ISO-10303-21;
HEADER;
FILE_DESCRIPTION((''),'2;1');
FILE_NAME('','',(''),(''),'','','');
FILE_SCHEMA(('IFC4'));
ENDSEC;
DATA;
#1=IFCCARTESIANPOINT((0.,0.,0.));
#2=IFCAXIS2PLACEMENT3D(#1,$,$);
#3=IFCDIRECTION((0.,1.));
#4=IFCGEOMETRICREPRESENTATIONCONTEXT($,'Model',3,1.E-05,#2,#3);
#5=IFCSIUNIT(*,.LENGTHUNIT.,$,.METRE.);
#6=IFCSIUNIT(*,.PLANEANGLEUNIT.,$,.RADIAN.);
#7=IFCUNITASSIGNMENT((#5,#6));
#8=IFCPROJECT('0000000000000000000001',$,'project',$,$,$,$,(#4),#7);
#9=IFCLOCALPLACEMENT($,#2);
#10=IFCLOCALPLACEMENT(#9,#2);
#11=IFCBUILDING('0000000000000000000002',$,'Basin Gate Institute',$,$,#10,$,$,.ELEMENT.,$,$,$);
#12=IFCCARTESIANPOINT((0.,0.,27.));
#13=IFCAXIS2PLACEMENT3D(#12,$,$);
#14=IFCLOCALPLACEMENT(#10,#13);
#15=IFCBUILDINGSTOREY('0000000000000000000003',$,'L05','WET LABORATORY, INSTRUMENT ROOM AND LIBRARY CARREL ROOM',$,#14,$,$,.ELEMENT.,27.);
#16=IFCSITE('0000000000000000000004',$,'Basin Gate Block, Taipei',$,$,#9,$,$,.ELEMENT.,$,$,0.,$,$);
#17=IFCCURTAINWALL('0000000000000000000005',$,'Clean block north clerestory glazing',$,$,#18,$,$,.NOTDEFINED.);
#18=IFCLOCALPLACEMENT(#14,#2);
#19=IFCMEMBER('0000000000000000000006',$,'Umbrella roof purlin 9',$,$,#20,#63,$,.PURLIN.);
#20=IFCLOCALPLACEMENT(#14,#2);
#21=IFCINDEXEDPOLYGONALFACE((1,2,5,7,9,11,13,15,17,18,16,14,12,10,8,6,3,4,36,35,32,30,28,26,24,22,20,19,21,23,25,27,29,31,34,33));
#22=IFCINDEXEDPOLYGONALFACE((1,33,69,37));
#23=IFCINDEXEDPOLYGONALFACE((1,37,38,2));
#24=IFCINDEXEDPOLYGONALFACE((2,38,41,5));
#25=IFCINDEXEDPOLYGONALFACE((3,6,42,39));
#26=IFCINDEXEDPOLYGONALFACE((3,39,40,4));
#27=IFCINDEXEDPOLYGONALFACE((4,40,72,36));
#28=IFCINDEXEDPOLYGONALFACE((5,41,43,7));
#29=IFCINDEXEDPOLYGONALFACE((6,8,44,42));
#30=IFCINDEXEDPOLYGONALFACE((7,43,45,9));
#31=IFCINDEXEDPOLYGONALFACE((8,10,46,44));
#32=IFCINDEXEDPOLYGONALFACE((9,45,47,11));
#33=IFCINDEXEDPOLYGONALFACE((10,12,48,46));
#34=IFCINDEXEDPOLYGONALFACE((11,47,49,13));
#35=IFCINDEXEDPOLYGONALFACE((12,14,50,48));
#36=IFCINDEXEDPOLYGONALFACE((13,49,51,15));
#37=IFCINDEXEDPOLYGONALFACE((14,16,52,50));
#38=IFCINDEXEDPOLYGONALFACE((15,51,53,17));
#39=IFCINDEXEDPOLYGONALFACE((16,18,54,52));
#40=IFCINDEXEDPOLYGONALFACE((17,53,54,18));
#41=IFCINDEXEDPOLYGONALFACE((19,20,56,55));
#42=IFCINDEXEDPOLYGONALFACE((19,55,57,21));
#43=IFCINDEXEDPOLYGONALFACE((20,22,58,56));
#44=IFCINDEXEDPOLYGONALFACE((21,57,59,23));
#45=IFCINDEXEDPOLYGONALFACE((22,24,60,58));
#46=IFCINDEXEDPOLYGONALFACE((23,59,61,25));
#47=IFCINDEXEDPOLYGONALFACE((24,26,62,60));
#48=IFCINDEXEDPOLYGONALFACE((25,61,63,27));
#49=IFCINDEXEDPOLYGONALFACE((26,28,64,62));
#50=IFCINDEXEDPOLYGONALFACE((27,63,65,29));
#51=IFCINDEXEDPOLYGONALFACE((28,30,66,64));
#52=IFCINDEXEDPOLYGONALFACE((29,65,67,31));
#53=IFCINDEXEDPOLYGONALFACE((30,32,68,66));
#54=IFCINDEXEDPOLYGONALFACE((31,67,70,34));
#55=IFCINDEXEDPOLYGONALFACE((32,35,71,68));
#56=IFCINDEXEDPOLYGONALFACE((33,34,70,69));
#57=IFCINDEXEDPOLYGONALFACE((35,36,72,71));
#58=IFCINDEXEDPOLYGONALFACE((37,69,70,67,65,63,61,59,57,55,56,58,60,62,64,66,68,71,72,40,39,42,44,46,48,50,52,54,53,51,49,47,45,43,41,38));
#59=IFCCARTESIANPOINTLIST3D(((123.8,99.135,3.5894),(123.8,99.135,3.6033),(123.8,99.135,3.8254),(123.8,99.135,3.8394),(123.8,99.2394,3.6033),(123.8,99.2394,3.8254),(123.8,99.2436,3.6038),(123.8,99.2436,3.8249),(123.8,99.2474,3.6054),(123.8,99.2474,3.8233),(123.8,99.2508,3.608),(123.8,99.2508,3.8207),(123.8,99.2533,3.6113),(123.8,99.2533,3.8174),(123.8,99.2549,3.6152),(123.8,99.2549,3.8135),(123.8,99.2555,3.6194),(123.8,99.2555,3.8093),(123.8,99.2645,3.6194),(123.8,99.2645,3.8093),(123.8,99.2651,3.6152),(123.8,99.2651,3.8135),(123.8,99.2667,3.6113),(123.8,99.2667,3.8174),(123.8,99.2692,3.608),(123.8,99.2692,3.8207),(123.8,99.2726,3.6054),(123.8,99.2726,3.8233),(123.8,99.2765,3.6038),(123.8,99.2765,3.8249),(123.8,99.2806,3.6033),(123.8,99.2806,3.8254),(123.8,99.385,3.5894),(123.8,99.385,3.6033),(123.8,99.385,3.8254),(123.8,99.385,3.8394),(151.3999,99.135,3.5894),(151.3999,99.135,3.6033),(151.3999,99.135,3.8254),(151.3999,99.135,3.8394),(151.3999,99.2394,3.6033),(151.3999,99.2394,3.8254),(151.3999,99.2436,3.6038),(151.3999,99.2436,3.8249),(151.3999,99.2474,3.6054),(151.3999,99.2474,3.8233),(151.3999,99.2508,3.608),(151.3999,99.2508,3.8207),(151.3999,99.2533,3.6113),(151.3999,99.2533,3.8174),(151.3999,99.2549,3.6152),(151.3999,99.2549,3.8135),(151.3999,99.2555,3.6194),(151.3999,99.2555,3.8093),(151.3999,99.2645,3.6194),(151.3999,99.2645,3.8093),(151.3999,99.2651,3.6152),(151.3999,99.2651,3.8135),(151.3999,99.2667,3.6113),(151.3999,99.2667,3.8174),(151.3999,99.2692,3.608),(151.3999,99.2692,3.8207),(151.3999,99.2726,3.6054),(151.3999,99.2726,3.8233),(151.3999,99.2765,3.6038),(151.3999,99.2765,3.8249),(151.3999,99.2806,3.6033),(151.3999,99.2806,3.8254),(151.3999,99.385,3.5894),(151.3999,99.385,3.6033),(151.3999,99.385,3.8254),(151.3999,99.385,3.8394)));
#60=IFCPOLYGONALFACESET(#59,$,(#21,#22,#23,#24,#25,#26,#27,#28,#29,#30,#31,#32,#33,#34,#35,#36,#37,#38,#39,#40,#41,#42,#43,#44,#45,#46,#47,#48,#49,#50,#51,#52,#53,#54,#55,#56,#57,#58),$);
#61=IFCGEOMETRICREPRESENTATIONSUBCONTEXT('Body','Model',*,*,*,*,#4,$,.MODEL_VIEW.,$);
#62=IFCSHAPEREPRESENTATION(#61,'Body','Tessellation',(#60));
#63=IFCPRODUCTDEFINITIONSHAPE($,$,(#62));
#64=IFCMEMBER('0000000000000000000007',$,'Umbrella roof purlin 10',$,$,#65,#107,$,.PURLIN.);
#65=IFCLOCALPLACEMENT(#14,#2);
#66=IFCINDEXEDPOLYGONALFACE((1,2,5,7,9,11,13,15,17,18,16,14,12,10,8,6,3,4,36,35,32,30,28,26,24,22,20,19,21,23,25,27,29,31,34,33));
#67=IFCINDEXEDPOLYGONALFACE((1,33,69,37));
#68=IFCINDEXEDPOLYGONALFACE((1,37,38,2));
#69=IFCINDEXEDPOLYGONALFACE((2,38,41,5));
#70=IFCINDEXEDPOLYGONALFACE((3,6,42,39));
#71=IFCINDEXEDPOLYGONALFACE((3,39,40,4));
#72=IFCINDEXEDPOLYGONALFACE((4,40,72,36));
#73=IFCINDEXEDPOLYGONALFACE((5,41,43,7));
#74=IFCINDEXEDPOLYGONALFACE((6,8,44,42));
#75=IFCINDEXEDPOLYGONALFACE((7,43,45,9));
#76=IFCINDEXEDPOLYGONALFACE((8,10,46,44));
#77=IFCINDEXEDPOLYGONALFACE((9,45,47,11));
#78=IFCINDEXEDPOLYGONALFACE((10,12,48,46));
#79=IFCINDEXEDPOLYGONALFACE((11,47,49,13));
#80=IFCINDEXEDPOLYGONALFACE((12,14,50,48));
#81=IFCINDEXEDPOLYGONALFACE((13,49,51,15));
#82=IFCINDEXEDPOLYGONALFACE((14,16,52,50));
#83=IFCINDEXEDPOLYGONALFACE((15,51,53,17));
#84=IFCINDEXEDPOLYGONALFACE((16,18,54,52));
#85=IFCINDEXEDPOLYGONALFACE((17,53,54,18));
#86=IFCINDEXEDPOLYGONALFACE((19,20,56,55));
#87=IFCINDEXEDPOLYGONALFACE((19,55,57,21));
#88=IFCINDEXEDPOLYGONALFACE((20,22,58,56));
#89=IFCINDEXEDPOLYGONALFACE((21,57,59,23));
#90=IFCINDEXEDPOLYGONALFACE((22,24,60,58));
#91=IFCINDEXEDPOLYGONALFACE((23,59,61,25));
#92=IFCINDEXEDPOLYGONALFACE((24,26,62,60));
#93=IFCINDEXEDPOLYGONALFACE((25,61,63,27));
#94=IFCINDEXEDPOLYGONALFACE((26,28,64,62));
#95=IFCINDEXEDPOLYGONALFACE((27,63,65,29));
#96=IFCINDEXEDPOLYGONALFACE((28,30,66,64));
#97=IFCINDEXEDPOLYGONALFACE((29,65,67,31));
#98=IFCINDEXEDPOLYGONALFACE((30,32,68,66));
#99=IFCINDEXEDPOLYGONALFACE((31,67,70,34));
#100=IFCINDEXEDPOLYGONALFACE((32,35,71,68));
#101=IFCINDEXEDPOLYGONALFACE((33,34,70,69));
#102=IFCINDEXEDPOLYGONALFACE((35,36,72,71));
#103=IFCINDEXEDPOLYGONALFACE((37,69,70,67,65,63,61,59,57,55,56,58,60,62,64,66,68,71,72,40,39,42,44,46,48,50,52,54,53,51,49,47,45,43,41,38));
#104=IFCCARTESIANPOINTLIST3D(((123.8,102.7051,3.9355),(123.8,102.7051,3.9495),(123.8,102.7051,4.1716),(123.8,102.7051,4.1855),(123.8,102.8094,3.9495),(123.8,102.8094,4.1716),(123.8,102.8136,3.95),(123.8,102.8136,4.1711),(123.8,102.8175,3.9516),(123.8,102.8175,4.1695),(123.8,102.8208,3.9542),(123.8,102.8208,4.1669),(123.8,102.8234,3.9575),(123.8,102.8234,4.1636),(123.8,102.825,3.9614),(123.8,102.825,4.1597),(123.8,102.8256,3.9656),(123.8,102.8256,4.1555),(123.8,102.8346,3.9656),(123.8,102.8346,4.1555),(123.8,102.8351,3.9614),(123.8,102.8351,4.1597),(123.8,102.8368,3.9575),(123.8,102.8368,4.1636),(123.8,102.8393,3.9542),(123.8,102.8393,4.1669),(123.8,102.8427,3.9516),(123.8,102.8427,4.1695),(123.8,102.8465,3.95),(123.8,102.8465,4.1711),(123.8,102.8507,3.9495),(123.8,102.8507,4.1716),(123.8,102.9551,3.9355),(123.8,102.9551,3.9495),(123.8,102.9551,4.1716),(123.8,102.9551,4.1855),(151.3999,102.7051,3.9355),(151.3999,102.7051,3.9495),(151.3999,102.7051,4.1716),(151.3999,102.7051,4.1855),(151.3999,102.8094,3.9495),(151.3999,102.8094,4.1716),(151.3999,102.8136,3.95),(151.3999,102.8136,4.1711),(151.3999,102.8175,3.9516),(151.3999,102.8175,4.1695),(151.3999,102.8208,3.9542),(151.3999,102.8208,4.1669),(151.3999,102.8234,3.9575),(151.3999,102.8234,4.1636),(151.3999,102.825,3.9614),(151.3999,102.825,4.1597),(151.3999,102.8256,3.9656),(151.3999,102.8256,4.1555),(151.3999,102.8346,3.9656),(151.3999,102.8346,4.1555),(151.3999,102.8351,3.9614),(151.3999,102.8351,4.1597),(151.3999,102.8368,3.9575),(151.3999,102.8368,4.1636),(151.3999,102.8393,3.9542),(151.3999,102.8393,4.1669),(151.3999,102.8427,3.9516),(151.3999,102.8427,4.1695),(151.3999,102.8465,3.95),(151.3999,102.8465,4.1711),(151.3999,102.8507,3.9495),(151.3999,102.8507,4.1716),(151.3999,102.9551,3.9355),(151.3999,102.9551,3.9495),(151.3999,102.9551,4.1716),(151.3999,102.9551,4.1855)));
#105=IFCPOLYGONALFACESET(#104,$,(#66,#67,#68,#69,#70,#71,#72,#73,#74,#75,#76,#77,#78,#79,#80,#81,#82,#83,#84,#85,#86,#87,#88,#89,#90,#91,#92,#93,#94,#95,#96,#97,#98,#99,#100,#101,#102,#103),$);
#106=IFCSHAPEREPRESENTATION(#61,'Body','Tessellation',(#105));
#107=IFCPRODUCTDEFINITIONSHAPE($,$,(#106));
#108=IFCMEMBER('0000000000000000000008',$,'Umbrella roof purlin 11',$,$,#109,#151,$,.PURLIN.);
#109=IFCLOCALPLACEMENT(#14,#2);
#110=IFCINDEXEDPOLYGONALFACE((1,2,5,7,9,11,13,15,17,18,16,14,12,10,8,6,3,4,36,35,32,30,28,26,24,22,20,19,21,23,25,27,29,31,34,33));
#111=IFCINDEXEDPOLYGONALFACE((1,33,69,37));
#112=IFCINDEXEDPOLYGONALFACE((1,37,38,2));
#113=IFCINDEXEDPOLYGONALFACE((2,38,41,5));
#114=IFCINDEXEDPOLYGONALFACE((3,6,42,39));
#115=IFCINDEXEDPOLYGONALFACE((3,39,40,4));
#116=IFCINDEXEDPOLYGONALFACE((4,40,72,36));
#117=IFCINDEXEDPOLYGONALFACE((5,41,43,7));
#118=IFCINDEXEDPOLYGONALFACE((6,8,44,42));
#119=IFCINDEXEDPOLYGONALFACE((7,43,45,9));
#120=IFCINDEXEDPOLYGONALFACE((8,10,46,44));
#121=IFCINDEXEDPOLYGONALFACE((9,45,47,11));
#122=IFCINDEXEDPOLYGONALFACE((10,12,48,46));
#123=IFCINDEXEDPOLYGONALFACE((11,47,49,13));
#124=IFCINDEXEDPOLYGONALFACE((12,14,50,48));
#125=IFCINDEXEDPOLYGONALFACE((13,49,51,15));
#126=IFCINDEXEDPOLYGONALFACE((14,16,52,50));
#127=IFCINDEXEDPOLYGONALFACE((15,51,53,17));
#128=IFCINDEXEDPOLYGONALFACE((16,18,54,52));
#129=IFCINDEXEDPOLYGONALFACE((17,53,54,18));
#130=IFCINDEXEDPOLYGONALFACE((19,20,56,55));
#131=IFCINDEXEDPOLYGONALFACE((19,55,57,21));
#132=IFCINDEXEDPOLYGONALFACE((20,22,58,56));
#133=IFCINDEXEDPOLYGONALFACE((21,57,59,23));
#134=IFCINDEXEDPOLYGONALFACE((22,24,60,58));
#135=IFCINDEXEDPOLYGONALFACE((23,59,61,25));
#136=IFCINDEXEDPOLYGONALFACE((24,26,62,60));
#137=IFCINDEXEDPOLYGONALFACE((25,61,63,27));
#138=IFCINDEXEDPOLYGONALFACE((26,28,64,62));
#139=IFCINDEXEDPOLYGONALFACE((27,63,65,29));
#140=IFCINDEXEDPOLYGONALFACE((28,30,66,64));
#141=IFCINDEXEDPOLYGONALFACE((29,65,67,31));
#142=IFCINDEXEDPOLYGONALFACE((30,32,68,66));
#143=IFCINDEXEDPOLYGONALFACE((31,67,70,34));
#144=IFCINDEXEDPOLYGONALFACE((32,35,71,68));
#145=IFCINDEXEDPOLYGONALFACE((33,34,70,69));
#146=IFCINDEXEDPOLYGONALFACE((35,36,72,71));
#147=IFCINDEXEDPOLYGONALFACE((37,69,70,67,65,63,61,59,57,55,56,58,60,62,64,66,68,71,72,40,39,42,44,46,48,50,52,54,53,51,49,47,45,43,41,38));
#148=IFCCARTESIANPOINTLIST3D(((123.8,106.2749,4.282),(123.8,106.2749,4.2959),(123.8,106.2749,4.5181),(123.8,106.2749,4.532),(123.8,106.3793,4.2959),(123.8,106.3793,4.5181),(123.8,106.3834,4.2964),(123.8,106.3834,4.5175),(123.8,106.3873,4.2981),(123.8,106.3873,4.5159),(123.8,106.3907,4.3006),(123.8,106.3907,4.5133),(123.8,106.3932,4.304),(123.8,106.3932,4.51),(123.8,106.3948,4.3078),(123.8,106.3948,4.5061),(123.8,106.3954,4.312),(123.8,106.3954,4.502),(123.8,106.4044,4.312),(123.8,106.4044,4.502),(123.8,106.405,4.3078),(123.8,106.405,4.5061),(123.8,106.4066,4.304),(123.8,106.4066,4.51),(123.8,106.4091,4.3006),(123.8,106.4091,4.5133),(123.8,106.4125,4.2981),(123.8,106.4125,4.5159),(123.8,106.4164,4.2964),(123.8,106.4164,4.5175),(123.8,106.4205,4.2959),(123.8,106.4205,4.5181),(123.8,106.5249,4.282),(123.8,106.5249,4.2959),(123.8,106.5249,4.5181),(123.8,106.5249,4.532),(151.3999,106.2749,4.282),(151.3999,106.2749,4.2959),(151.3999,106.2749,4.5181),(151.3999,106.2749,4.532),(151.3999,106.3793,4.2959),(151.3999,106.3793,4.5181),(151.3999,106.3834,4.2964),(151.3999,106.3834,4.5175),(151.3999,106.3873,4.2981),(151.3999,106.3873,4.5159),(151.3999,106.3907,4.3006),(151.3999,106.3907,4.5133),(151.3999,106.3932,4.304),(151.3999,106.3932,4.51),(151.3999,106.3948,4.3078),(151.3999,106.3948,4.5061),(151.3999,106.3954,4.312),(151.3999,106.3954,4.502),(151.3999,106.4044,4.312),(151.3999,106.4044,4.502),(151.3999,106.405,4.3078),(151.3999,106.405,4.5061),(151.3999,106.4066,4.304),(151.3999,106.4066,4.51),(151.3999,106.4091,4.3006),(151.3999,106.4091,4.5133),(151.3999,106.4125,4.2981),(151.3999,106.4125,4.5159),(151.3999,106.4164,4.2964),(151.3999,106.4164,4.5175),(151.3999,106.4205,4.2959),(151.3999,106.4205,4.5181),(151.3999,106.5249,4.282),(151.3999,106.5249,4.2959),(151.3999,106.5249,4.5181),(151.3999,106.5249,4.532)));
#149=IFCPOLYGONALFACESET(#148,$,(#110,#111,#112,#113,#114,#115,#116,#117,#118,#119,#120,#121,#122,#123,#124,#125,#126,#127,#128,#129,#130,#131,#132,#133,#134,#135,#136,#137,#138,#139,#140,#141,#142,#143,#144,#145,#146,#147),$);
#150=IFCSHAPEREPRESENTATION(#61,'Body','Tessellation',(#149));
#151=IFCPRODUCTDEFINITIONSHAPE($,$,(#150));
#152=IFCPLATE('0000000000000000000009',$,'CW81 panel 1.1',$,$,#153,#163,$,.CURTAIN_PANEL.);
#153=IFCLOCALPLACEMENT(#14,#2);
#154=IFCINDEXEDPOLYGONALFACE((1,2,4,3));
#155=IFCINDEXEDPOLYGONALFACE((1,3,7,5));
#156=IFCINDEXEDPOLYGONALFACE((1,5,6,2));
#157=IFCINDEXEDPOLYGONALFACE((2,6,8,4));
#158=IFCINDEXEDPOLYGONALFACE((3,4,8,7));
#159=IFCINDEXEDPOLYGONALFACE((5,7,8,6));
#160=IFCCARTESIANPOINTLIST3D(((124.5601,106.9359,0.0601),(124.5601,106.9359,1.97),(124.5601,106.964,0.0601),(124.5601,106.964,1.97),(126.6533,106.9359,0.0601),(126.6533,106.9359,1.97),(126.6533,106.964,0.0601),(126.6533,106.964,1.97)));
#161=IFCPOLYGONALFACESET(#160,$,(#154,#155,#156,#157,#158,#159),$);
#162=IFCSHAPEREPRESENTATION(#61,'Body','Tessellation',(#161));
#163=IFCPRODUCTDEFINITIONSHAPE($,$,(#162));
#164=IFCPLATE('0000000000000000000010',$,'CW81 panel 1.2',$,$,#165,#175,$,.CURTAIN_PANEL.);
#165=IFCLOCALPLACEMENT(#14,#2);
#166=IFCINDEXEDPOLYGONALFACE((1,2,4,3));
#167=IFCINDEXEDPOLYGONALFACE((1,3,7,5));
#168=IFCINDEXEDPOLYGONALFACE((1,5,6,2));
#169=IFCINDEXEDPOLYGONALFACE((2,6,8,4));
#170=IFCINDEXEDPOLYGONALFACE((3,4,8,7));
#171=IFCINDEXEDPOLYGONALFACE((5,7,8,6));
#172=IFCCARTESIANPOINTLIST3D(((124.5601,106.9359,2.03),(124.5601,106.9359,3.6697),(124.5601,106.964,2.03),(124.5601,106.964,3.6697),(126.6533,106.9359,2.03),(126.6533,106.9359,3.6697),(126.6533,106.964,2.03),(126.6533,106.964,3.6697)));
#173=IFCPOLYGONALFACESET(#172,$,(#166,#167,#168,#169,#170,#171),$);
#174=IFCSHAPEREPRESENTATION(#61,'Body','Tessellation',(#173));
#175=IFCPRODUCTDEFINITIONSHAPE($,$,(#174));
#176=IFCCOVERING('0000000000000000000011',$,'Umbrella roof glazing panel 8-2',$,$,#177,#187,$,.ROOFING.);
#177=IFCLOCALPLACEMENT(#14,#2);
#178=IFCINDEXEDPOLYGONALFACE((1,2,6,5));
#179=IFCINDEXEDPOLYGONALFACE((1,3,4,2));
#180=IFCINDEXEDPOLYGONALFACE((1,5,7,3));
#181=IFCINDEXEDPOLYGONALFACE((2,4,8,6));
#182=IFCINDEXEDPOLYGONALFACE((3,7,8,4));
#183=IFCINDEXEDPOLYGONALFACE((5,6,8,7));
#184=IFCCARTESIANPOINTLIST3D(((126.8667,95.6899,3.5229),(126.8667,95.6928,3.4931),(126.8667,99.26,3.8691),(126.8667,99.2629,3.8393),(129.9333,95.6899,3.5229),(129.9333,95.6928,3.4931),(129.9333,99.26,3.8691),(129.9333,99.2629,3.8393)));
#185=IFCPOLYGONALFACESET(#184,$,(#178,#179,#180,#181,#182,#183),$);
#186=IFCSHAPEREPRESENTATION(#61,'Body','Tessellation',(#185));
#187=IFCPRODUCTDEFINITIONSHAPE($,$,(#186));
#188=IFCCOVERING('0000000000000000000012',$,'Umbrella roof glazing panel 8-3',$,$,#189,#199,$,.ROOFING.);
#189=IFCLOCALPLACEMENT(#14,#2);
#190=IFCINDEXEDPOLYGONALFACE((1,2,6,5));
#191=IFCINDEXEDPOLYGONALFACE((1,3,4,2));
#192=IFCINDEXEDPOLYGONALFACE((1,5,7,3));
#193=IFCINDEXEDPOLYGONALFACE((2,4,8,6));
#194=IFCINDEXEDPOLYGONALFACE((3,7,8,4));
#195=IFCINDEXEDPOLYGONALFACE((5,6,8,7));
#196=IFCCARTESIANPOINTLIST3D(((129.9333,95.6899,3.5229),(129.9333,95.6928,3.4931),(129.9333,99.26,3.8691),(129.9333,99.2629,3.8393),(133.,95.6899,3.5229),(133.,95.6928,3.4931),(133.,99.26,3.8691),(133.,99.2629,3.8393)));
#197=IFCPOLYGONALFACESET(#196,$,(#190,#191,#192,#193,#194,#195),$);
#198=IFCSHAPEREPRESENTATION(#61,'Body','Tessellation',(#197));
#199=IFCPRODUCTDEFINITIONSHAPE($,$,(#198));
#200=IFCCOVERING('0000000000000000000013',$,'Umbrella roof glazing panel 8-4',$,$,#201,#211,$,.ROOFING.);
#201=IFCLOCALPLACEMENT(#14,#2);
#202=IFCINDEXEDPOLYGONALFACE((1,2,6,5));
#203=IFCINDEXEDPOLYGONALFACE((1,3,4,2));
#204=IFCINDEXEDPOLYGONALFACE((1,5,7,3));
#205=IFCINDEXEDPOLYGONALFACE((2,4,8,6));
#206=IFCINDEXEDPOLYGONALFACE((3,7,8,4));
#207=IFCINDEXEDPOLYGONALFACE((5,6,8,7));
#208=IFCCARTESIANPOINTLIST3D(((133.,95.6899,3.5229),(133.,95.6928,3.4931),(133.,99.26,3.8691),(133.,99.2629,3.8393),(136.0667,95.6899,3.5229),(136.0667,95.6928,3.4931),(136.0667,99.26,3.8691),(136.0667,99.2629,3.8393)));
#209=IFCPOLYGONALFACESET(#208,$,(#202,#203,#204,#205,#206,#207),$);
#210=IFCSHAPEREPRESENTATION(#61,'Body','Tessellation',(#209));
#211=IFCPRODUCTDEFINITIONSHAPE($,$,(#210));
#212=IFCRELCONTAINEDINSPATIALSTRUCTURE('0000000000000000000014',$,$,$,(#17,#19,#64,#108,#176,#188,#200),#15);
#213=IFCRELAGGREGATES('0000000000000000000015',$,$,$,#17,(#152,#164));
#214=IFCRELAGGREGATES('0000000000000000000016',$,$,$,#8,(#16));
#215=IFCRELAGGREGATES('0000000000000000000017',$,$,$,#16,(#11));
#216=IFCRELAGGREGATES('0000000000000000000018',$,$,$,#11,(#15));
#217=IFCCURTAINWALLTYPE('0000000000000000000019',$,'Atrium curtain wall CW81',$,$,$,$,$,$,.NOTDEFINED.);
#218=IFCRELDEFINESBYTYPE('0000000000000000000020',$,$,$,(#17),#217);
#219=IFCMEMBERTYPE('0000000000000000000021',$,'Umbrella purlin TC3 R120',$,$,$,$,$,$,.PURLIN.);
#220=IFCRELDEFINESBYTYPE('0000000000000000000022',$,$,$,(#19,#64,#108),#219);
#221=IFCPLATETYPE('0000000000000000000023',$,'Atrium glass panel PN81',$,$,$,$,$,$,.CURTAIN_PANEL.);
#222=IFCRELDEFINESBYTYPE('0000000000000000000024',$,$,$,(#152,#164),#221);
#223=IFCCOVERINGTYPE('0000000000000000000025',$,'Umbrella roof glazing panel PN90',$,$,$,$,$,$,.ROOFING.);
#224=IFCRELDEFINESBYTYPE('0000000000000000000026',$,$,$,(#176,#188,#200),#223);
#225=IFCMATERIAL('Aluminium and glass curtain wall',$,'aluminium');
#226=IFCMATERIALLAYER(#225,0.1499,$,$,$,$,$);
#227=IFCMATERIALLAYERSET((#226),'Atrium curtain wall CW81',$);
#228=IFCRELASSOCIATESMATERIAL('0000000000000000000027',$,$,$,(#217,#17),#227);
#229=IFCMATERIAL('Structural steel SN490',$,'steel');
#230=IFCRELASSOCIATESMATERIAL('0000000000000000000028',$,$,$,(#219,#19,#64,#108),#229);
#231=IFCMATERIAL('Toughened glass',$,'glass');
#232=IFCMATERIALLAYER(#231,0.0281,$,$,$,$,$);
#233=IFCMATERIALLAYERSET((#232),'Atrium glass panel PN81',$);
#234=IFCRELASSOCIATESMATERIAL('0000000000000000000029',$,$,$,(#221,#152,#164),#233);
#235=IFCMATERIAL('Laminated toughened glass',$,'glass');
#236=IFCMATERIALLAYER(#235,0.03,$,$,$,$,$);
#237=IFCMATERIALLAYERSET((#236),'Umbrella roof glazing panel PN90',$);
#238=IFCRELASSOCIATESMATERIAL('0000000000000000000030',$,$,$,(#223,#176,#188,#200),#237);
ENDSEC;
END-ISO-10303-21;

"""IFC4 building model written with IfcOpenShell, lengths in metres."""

from ifc_helpers import new_model, si_unit, direction, frame, origin, origin_2d, place, context, subcontext, project, spatial, polyline, rectangle, i_section, outline, extrude, material, layer, layer_set, material_profile, profile_set, type_object, element, aggregate, save


model = new_model("IFC4")

# Units and contexts
model_context = context("Model", 3, precision=1e-05, world=origin(), true_north=direction((0.0, 1.0)))
body_context = subcontext(model_context, "Body", "Model", "MODEL_VIEW")
ifc_project = project(units=[si_unit("LENGTHUNIT", "METRE"), si_unit("PLANEANGLEUNIT", "RADIAN")], contexts=[model_context])

# Site, building, storey
site_placement = place(None, origin())
site = spatial("IfcSite", under=ifc_project, at=site_placement, Name="Basin Gate Block, Taipei", CompositionType="ELEMENT", RefElevation=0.0)
building_placement = place(site_placement, origin())
building = spatial("IfcBuilding", under=site, at=building_placement, Name="Basin Gate Institute", CompositionType="ELEMENT")
storey_placement = place(building_placement, frame((0.0, 0.0, 27.0)))
storey = spatial("IfcBuildingStorey", under=building, at=storey_placement, Name="L05", Description="WET LABORATORY, INSTRUMENT ROOM AND LIBRARY CARREL ROOM", CompositionType="ELEMENT", Elevation=27.0)

# Curtain wall
ifc_material_1 = material(Name="Aluminium and glass curtain wall", Category="aluminium")
ifc_layer_1 = layer(ifc_material_1, 0.1499)
ifc_layer_set_1 = layer_set([ifc_layer_1], Name="Atrium curtain wall CW81")
curtain_wall_type = type_object("IfcCurtainWallType", Name="Atrium curtain wall CW81", PredefinedType="NOTDEFINED", material=ifc_layer_set_1)
curtain_wall_placement = place(storey_placement, origin())
curtain_wall = element("IfcCurtainWall", 1, at=curtain_wall_placement, inside=storey, type_object=curtain_wall_type, material=ifc_layer_set_1, Name="Clean block north clerestory glazing", PredefinedType="NOTDEFINED")

# Members
ifc_material_2 = material(Name="Structural steel SN490", Category="steel")
ifc_material_profile_1 = material_profile(ifc_material_2, i_section(OverallWidth=0.25, OverallDepth=0.25, WebThickness=0.009, FlangeThickness=0.0139, FilletRadius=0.0161, at=origin_2d()), Name="H250x250")
ifc_profile_set_1 = profile_set([ifc_material_profile_1], Name="Structural steel SN490")
member_type_1 = type_object("IfcMemberType", Name="Umbrella purlin TC3 R120", PredefinedType="PURLIN", material=ifc_profile_set_1)
for number, where, z_axis, x_axis, name in (
    (2, (123.8, 99.26, 3.7144), (1.0, 0.0, 0.0), (0.0, 1.0, 0.0), "Umbrella roof purlin 9"),
    (3, (123.8, 102.8301, 4.0605), (1.0, 0.0, 0.0), (0.0, 1.0, 0.0), "Umbrella roof purlin 10"),
    (4, (123.8, 106.3999, 4.407), (1.0, 0.0, 0.0), (0.0, 1.0, 0.0), "Umbrella roof purlin 11"),
):
    element("IfcMember", number, at=place(storey_placement, frame(where, z_axis=z_axis, x_axis=x_axis)), inside=storey, type_object=member_type_1, material=ifc_profile_set_1, Name=name, PredefinedType="PURLIN", context=body_context, shape_type="SweptSolid", body=[
        extrude(i_section(OverallWidth=0.25, OverallDepth=0.25, WebThickness=0.009, FlangeThickness=0.0139, FilletRadius=0.0161, at=origin_2d()), origin(), (0.0, 0.0, 1.0), 27.5999),
    ])

# Plates
ifc_material_3 = material(Name="Toughened glass", Category="glass")
ifc_layer_2 = layer(ifc_material_3, 0.0281)
ifc_layer_set_2 = layer_set([ifc_layer_2], Name="Atrium glass panel PN81")
plate_type = type_object("IfcPlateType", Name="Atrium glass panel PN81", PredefinedType="CURTAIN_PANEL", material=ifc_layer_set_2)
plate_1_placement = place(storey_placement, frame((125.6067, 106.95, 0.0601), z_axis=(0.0, 0.0, 1.0), x_axis=(1.0, 0.0, 0.0)))
plate_1 = element("IfcPlate", 5, at=plate_1_placement, type_object=plate_type, material=ifc_layer_set_2, Name="CW81 panel 1.1", PredefinedType="CURTAIN_PANEL", context=body_context, shape_type="SweptSolid", body=[
    extrude(rectangle(XDim=2.0933, YDim=0.0281, at=origin_2d()), origin(), (0.0, 0.0, 1.0), 1.9099),
])
plate_2_placement = place(storey_placement, frame((125.6067, 106.95, 2.03), z_axis=(0.0, 0.0, 1.0), x_axis=(1.0, 0.0, 0.0)))
plate_2 = element("IfcPlate", 6, at=plate_2_placement, type_object=plate_type, material=ifc_layer_set_2, Name="CW81 panel 1.2", PredefinedType="CURTAIN_PANEL", context=body_context, shape_type="SweptSolid", body=[
    extrude(rectangle(XDim=2.0933, YDim=0.0281, at=origin_2d()), origin(), (0.0, 0.0, 1.0), 1.6396),
])
aggregate(curtain_wall, [plate_1, plate_2])

# Coverings
ifc_material_4 = material(Name="Laminated toughened glass", Category="glass")
ifc_layer_3 = layer(ifc_material_4, 0.03)
ifc_layer_set_3 = layer_set([ifc_layer_3], Name="Umbrella roof glazing panel PN90")
covering_type = type_object("IfcCoveringType", Name="Umbrella roof glazing panel PN90", PredefinedType="ROOFING", material=ifc_layer_set_3)
for number, where, z_axis, x_axis, name in (
    (7, (126.8667, 95.6899, 3.5229), (0.0, -0.096518, 0.995331), (1.0, 0.0, 0.0), "Umbrella roof glazing panel 8-2"),
    (8, (129.9333, 95.6899, 3.5229), (0.0, -0.096518, 0.995331), (1.0, 0.0, 0.0), "Umbrella roof glazing panel 8-3"),
    (9, (133.0, 95.6899, 3.5229), (0.0, -0.096518, 0.995331), (1.0, 0.0, 0.0), "Umbrella roof glazing panel 8-4"),
):
    element("IfcCovering", number, at=place(storey_placement, frame(where, z_axis=z_axis, x_axis=x_axis)), inside=storey, type_object=covering_type, material=ifc_layer_set_3, Name=name, PredefinedType="ROOFING", context=body_context, shape_type="SweptSolid", body=[
        extrude(outline(polyline([(0.0, 0.0), (3.0667, 0.0), (3.0667, 3.5868), (0.0, 3.5868), (0.0, 0.0)])), origin(), (0.0, 0.0, -1.0), 0.03),
    ])

save(model, "model.ifc")
